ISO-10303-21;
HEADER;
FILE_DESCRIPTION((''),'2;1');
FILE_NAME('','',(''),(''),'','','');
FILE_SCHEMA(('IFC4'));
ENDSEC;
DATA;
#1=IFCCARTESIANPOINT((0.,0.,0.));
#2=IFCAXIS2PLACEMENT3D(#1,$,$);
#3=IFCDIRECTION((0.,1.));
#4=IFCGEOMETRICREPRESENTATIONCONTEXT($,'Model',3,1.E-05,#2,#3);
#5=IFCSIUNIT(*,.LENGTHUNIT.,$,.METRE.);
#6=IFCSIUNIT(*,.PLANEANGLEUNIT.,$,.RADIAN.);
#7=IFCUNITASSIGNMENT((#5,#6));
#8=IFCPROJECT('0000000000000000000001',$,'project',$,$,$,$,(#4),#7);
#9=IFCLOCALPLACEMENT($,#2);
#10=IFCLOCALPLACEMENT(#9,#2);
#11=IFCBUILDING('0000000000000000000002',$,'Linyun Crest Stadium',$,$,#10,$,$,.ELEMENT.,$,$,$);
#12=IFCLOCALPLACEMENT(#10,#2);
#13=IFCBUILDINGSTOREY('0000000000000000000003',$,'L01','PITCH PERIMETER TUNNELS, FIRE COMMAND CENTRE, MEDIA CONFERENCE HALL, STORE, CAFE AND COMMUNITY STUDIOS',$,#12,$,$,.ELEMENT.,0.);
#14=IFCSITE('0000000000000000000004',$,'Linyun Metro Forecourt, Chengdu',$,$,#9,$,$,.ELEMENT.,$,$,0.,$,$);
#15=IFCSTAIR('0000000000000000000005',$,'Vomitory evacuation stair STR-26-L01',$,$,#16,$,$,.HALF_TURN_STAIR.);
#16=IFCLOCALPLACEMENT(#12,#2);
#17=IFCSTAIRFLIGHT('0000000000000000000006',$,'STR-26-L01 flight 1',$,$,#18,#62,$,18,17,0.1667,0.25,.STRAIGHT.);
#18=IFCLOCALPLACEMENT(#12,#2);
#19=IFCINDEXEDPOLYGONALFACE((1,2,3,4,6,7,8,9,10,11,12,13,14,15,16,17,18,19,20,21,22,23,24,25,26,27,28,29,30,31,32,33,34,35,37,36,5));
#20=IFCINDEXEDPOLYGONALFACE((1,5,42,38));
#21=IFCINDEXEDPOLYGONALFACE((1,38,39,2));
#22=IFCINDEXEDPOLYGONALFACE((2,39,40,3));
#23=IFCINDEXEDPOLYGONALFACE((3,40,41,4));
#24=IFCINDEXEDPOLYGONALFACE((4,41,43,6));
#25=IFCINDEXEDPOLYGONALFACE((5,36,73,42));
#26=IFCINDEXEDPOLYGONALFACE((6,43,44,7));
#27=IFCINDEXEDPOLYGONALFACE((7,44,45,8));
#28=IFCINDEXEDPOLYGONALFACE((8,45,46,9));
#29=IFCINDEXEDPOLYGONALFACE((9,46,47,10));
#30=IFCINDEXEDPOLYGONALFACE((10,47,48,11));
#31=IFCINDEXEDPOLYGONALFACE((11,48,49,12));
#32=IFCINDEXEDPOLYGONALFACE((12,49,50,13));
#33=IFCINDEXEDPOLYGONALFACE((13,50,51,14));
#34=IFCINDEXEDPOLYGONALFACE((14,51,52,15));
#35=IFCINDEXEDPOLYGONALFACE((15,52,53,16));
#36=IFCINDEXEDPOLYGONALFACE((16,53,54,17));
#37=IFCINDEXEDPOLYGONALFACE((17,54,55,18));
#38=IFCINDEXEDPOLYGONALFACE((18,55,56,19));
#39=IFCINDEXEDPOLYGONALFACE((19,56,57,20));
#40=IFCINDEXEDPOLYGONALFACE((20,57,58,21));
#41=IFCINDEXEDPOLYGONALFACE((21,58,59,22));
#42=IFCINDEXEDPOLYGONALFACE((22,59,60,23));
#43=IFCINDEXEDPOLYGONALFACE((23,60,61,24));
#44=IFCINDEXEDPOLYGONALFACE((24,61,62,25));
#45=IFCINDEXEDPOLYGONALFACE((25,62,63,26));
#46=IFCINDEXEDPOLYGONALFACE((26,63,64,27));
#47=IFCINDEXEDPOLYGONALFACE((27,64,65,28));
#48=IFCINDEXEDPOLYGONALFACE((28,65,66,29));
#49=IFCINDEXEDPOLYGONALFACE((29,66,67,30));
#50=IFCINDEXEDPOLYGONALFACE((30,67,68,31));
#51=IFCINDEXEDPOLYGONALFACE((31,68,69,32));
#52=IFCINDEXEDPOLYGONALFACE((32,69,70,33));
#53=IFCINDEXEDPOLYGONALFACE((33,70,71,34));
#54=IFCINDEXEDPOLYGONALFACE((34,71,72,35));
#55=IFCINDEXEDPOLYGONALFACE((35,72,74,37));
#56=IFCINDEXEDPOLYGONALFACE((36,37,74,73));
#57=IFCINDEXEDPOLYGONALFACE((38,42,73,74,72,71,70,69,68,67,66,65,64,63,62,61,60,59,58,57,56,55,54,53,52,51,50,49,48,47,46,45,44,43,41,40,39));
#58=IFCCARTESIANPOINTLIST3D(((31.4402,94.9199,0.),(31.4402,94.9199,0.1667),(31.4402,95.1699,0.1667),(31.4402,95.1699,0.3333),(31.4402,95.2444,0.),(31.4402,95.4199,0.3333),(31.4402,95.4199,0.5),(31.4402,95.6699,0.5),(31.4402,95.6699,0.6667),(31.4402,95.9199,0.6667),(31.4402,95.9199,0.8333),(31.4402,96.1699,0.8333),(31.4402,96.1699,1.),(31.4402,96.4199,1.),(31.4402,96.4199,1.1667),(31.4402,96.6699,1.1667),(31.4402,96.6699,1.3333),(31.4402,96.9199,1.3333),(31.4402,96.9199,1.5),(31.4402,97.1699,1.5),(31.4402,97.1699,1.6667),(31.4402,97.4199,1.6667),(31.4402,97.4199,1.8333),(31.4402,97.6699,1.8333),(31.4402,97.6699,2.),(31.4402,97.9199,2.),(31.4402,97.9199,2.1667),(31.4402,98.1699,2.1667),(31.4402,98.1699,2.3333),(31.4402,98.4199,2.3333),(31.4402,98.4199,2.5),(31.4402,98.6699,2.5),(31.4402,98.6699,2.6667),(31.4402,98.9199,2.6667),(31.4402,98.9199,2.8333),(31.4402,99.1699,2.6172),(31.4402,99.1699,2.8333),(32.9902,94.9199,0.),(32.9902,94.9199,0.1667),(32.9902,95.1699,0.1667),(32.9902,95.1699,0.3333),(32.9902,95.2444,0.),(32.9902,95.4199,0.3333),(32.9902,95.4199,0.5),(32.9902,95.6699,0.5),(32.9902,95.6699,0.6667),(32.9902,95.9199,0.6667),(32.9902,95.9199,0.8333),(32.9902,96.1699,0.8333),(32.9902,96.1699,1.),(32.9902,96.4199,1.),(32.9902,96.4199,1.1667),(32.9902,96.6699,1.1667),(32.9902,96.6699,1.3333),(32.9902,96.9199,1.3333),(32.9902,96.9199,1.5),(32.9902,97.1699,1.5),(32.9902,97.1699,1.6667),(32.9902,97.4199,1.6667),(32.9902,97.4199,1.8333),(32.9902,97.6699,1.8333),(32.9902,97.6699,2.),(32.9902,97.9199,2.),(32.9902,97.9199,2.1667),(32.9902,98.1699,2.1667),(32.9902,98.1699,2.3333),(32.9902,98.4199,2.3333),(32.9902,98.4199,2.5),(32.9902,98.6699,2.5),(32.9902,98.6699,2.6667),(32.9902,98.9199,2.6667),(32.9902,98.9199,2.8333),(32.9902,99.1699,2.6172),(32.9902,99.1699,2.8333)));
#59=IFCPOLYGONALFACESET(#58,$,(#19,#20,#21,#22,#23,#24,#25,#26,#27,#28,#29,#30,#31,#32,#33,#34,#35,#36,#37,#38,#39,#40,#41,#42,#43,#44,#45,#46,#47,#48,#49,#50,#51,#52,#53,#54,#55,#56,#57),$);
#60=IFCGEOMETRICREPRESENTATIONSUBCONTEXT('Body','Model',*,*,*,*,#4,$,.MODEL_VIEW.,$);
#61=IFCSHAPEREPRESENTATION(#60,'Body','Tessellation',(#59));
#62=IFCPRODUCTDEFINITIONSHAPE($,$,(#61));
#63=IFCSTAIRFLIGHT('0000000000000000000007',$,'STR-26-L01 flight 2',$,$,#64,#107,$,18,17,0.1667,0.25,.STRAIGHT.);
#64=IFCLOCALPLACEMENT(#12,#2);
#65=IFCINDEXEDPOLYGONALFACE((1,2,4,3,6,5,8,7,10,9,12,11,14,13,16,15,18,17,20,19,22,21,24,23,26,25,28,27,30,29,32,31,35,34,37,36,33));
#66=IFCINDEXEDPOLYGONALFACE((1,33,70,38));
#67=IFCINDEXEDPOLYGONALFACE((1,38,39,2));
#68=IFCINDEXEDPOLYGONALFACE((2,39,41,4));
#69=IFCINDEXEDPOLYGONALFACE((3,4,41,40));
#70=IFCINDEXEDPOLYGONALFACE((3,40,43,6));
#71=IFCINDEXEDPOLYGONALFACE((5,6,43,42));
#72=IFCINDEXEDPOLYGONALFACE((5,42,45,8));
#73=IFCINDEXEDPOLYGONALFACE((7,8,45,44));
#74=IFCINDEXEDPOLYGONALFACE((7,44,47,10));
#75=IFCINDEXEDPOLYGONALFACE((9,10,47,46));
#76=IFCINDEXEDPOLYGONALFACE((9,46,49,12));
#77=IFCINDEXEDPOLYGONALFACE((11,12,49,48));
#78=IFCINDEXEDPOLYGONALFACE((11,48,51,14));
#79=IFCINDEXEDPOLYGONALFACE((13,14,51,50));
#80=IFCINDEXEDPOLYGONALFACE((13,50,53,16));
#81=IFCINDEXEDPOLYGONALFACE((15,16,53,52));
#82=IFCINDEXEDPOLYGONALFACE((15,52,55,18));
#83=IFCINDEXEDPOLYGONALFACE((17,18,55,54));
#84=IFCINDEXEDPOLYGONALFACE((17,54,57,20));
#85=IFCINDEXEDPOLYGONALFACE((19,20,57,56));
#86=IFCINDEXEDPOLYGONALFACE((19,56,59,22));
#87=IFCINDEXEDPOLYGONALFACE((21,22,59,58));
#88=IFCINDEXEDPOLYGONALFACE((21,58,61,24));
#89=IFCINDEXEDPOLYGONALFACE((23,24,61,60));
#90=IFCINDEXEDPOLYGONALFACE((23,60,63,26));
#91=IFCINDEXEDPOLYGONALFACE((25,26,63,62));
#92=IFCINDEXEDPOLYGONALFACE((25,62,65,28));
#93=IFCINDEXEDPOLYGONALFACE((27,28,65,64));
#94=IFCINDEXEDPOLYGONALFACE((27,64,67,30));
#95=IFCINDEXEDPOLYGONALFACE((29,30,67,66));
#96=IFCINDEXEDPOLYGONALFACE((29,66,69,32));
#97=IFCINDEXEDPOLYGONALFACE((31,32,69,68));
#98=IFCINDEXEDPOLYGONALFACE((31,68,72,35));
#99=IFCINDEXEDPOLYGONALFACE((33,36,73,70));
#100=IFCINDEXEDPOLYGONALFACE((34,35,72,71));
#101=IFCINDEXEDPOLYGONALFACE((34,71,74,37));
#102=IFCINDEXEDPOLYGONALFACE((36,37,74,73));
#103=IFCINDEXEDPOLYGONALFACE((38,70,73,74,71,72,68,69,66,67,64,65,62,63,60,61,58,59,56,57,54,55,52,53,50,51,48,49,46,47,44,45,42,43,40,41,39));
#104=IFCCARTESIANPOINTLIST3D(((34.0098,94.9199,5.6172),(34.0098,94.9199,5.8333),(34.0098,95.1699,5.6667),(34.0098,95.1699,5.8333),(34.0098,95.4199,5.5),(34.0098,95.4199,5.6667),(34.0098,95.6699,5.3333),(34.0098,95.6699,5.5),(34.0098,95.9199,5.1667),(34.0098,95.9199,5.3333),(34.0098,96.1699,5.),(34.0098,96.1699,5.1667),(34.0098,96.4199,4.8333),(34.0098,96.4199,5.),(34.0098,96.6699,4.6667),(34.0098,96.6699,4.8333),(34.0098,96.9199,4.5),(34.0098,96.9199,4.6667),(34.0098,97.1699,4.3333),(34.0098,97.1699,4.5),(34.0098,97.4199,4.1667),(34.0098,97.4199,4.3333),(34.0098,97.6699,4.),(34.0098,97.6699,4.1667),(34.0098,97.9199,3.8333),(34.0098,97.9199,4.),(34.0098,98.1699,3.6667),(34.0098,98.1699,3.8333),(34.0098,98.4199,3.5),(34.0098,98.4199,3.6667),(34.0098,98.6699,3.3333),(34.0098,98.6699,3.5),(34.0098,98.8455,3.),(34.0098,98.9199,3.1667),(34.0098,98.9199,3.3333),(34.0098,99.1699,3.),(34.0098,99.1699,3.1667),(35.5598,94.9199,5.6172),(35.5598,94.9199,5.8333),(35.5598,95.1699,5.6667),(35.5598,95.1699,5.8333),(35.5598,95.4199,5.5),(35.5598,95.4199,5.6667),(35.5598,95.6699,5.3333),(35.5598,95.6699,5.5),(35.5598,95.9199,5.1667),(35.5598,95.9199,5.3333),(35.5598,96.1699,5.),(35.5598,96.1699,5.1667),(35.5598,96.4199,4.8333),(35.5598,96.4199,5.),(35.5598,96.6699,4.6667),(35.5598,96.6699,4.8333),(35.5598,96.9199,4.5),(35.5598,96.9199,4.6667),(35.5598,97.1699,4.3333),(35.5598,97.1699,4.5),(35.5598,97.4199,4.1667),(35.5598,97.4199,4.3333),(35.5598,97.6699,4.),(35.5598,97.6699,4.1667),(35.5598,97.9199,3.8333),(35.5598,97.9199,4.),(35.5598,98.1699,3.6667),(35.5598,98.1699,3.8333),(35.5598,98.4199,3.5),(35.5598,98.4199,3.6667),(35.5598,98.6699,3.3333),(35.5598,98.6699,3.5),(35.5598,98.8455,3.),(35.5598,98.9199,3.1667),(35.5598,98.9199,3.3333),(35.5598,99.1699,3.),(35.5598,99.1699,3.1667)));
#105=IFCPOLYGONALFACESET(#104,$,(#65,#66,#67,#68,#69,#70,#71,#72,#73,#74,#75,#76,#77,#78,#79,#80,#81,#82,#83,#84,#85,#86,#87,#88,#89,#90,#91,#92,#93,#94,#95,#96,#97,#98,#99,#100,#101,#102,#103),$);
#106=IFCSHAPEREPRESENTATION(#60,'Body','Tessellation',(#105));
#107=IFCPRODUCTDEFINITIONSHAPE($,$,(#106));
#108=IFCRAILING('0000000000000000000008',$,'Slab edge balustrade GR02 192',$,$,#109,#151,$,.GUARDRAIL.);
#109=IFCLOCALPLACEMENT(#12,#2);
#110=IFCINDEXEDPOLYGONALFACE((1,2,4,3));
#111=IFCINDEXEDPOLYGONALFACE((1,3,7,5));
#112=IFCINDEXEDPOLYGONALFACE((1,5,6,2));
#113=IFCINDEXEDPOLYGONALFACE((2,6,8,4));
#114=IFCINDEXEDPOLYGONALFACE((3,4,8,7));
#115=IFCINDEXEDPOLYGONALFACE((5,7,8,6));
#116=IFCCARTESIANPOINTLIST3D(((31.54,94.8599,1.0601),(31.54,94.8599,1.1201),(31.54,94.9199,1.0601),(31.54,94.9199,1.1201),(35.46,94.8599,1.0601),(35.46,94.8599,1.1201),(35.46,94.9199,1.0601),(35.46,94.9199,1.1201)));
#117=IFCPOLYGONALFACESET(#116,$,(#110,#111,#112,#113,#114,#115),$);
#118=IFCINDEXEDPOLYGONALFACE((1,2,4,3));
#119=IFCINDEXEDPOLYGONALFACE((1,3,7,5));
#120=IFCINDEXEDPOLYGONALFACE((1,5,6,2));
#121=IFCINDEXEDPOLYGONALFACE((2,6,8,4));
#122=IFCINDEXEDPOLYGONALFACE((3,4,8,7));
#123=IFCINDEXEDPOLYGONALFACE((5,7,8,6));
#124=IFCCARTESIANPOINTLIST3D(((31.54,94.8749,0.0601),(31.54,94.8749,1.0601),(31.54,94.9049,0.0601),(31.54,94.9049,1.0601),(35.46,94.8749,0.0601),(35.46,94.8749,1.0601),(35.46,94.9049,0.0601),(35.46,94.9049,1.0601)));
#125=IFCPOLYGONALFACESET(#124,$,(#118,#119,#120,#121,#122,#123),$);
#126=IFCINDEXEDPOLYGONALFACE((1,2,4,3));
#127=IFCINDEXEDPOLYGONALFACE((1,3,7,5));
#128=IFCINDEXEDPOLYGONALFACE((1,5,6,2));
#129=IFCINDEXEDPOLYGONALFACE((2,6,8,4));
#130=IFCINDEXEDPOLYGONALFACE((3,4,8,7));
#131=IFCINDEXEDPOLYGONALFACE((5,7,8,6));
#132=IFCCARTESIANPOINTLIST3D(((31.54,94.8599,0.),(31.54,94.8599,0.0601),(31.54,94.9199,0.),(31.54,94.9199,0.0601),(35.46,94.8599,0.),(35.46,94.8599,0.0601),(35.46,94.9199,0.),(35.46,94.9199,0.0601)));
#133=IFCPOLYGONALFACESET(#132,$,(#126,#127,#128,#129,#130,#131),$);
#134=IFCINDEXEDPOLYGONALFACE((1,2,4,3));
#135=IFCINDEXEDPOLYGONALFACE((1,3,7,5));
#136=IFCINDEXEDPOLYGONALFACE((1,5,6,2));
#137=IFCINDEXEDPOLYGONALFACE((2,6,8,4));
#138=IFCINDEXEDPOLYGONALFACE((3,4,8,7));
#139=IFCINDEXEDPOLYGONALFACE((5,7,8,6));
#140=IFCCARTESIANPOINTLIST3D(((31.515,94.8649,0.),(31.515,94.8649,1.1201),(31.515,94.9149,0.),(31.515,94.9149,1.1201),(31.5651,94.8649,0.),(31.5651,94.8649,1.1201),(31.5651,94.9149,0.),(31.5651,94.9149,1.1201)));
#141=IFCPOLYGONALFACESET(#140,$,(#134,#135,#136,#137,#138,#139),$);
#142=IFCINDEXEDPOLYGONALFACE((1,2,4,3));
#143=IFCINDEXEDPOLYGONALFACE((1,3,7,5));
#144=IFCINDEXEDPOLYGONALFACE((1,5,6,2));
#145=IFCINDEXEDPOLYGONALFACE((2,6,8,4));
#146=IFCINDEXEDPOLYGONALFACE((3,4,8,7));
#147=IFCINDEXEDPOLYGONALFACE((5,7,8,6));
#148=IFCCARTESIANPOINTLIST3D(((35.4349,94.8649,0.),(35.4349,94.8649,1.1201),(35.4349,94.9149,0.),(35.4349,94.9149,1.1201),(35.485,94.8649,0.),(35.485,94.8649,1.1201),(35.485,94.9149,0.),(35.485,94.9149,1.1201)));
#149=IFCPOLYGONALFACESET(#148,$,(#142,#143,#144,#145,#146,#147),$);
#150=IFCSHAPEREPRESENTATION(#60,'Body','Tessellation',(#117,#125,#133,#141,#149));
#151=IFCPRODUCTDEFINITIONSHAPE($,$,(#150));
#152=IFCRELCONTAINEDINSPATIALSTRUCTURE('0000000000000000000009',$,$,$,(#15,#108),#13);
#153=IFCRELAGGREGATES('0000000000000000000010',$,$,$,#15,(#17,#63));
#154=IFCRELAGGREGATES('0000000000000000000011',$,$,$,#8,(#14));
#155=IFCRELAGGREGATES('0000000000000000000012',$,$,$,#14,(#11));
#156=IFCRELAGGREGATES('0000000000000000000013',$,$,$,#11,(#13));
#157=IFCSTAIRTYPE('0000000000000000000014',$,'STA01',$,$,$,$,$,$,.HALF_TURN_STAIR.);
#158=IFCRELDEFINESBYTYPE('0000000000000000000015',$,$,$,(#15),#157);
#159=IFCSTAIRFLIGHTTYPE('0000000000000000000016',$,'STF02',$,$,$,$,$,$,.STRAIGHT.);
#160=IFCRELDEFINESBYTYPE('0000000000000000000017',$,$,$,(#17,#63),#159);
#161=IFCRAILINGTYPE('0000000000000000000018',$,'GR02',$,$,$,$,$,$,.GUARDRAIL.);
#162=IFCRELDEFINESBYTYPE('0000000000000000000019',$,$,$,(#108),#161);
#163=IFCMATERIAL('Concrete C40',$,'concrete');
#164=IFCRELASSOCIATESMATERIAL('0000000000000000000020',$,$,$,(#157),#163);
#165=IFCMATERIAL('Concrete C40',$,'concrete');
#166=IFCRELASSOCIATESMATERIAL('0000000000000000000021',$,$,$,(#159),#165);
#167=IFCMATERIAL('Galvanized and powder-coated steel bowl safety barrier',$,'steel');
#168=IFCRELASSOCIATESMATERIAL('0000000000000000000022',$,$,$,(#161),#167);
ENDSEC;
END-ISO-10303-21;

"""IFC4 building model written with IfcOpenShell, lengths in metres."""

from ifc_helpers import new_model, si_unit, direction, frame, origin, origin_2d, place, context, subcontext, project, spatial, polyline, rectangle, outline, extrude, material, type_object, element, aggregate, save


model = new_model("IFC4")

# Units and contexts
model_context = context("Model", 3, precision=1e-05, world=origin(), true_north=direction((0.0, 1.0)))
body_context = subcontext(model_context, "Body", "Model", "MODEL_VIEW")
ifc_project = project(units=[si_unit("LENGTHUNIT", "METRE"), si_unit("PLANEANGLEUNIT", "RADIAN")], contexts=[model_context])

# Site, building, storey
site_placement = place(None, origin())
site = spatial("IfcSite", under=ifc_project, at=site_placement, Name="Linyun Metro Forecourt, Chengdu", CompositionType="ELEMENT", RefElevation=0.0)
building_placement = place(site_placement, origin())
building = spatial("IfcBuilding", under=site, at=building_placement, Name="Linyun Crest Stadium", CompositionType="ELEMENT")
storey_placement = place(building_placement, origin())
storey = spatial("IfcBuildingStorey", under=building, at=storey_placement, Name="L01", Description="PITCH PERIMETER TUNNELS, FIRE COMMAND CENTRE, MEDIA CONFERENCE HALL, STORE, CAFE AND COMMUNITY STUDIOS", CompositionType="ELEMENT", Elevation=0.0)

# Shared definitions
ifc_material_1 = material(Name="Concrete C40", Category="concrete")
stair_type = type_object("IfcStairType", Name="STA01", PredefinedType="HALF_TURN_STAIR", material=ifc_material_1)

# Stair, stair flights
stair_1_placement = place(storey_placement, origin())
stair_1 = element("IfcStair", 1, at=stair_1_placement, inside=storey, type_object=stair_type, Name="Vomitory evacuation stair STR-26-L01", PredefinedType="HALF_TURN_STAIR")
ifc_material_2 = material(Name="Concrete C40", Category="concrete")
stair_flight_type_1 = type_object("IfcStairFlightType", Name="STF02", PredefinedType="STRAIGHT", material=ifc_material_2)
stair_flight_1_placement = place(storey_placement, frame((32.2151, 94.9199, 0.0), z_axis=(0.0, 0.0, 1.0), x_axis=(0.0, 1.0, 0.0)))
stair_flight_1 = element("IfcStairFlight", 2, at=stair_flight_1_placement, type_object=stair_flight_type_1, Name="STR-26-L01 flight 1", NumberOfRisers=18, NumberOfTreads=17, PredefinedType="STRAIGHT", RiserHeight=0.1667, TreadLength=0.25, context=body_context, shape_type="SweptSolid", body=[
    extrude(outline(polyline([(0.0, 0.0), (0.0, 0.1667), (0.25, 0.1667), (0.25, 0.3333), (0.5, 0.3333), (0.5, 0.5), (0.75, 0.5), (0.75, 0.6667), (1.0, 0.6667), (1.0, 0.8333), (1.25, 0.8333), (1.25, 1.0), (1.5, 1.0), (1.5, 1.1667), (1.75, 1.1667), (1.75, 1.3333), (2.0, 1.3333), (2.0, 1.5), (2.25, 1.5), (2.25, 1.6667), (2.5, 1.6667), (2.5, 1.8333), (2.75, 1.8333), (2.75, 2.0), (3.0, 2.0), (3.0, 2.1667), (3.25, 2.1667), (3.25, 2.3333), (3.5, 2.3333), (3.5, 2.5), (3.75, 2.5), (3.75, 2.6667), (4.0, 2.6667), (4.0, 2.8333), (4.25, 2.8333), (4.25, 3.0), (4.25, 2.6172), (0.3245, 0.0), (0.0, 0.0)])), frame((0.0, 0.7749, 0.0), z_axis=(0.0, -1.0, 0.0), x_axis=(1.0, 0.0, 0.0)), (0.0, 0.0, 1.0), 1.55),
])
stair_flight_2_placement = place(storey_placement, frame((34.7849, 99.1699, 3.0), z_axis=(0.0, 0.0, 1.0), x_axis=(0.0, -1.0, 0.0)))
stair_flight_2 = element("IfcStairFlight", 3, at=stair_flight_2_placement, type_object=stair_flight_type_1, Name="STR-26-L01 flight 2", NumberOfRisers=18, NumberOfTreads=17, PredefinedType="STRAIGHT", RiserHeight=0.1667, TreadLength=0.25, context=body_context, shape_type="SweptSolid", body=[
    extrude(outline(polyline([(0.0, 0.0), (0.0, 0.1667), (0.25, 0.1667), (0.25, 0.3333), (0.5, 0.3333), (0.5, 0.5), (0.75, 0.5), (0.75, 0.6667), (1.0, 0.6667), (1.0, 0.8333), (1.25, 0.8333), (1.25, 1.0), (1.5, 1.0), (1.5, 1.1667), (1.75, 1.1667), (1.75, 1.3333), (2.0, 1.3333), (2.0, 1.5), (2.25, 1.5), (2.25, 1.6667), (2.5, 1.6667), (2.5, 1.8333), (2.75, 1.8333), (2.75, 2.0), (3.0, 2.0), (3.0, 2.1667), (3.25, 2.1667), (3.25, 2.3333), (3.5, 2.3333), (3.5, 2.5), (3.75, 2.5), (3.75, 2.6667), (4.0, 2.6667), (4.0, 2.8333), (4.25, 2.8333), (4.25, 3.0), (4.25, 2.6172), (0.3245, 0.0), (0.0, 0.0)])), frame((0.0, 0.7749, 0.0), z_axis=(0.0, -1.0, 0.0), x_axis=(1.0, 0.0, 0.0)), (0.0, 0.0, 1.0), 1.55),
])
aggregate(stair_1, [stair_flight_1, stair_flight_2])

# Railing
ifc_material_3 = material(Name="Galvanized and powder-coated steel bowl safety barrier", Category="steel")
railing_type_1 = type_object("IfcRailingType", Name="GR02", PredefinedType="GUARDRAIL", material=ifc_material_3)
railing_1_placement = place(storey_placement, frame((31.54, 94.8899, 0.0)))
element("IfcRailing", 4, at=railing_1_placement, inside=storey, type_object=railing_type_1, Name="Slab edge balustrade GR02 192", PredefinedType="GUARDRAIL", context=body_context, shape_type="SweptSolid", body=[
    extrude(rectangle(XDim=0.0601, YDim=0.0601, at=origin_2d()), frame((0.0, 0.0, 1.0901), z_axis=(1.0, 0.0, 0.0), x_axis=(0.0, 1.0, 0.0)), (0.0, 0.0, 1.0), 3.9199),
    extrude(rectangle(XDim=0.03, YDim=1.0, at=origin_2d()), frame((0.0, 0.0, 0.5601), z_axis=(1.0, 0.0, 0.0), x_axis=(0.0, 1.0, 0.0)), (0.0, 0.0, 1.0), 3.9199),
    extrude(rectangle(XDim=0.0601, YDim=0.0601, at=origin_2d()), frame((0.0, 0.0, 0.03), z_axis=(1.0, 0.0, 0.0), x_axis=(0.0, 1.0, 0.0)), (0.0, 0.0, 1.0), 3.9199),
    extrude(rectangle(XDim=0.05, YDim=0.05, at=origin_2d()), origin(), (0.0, 0.0, 1.0), 1.1201),
    extrude(rectangle(XDim=0.05, YDim=0.05, at=origin_2d()), frame((3.9199, 0.0, 0.0)), (0.0, 0.0, 1.0), 1.1201),
])

save(model, "model.ifc")
